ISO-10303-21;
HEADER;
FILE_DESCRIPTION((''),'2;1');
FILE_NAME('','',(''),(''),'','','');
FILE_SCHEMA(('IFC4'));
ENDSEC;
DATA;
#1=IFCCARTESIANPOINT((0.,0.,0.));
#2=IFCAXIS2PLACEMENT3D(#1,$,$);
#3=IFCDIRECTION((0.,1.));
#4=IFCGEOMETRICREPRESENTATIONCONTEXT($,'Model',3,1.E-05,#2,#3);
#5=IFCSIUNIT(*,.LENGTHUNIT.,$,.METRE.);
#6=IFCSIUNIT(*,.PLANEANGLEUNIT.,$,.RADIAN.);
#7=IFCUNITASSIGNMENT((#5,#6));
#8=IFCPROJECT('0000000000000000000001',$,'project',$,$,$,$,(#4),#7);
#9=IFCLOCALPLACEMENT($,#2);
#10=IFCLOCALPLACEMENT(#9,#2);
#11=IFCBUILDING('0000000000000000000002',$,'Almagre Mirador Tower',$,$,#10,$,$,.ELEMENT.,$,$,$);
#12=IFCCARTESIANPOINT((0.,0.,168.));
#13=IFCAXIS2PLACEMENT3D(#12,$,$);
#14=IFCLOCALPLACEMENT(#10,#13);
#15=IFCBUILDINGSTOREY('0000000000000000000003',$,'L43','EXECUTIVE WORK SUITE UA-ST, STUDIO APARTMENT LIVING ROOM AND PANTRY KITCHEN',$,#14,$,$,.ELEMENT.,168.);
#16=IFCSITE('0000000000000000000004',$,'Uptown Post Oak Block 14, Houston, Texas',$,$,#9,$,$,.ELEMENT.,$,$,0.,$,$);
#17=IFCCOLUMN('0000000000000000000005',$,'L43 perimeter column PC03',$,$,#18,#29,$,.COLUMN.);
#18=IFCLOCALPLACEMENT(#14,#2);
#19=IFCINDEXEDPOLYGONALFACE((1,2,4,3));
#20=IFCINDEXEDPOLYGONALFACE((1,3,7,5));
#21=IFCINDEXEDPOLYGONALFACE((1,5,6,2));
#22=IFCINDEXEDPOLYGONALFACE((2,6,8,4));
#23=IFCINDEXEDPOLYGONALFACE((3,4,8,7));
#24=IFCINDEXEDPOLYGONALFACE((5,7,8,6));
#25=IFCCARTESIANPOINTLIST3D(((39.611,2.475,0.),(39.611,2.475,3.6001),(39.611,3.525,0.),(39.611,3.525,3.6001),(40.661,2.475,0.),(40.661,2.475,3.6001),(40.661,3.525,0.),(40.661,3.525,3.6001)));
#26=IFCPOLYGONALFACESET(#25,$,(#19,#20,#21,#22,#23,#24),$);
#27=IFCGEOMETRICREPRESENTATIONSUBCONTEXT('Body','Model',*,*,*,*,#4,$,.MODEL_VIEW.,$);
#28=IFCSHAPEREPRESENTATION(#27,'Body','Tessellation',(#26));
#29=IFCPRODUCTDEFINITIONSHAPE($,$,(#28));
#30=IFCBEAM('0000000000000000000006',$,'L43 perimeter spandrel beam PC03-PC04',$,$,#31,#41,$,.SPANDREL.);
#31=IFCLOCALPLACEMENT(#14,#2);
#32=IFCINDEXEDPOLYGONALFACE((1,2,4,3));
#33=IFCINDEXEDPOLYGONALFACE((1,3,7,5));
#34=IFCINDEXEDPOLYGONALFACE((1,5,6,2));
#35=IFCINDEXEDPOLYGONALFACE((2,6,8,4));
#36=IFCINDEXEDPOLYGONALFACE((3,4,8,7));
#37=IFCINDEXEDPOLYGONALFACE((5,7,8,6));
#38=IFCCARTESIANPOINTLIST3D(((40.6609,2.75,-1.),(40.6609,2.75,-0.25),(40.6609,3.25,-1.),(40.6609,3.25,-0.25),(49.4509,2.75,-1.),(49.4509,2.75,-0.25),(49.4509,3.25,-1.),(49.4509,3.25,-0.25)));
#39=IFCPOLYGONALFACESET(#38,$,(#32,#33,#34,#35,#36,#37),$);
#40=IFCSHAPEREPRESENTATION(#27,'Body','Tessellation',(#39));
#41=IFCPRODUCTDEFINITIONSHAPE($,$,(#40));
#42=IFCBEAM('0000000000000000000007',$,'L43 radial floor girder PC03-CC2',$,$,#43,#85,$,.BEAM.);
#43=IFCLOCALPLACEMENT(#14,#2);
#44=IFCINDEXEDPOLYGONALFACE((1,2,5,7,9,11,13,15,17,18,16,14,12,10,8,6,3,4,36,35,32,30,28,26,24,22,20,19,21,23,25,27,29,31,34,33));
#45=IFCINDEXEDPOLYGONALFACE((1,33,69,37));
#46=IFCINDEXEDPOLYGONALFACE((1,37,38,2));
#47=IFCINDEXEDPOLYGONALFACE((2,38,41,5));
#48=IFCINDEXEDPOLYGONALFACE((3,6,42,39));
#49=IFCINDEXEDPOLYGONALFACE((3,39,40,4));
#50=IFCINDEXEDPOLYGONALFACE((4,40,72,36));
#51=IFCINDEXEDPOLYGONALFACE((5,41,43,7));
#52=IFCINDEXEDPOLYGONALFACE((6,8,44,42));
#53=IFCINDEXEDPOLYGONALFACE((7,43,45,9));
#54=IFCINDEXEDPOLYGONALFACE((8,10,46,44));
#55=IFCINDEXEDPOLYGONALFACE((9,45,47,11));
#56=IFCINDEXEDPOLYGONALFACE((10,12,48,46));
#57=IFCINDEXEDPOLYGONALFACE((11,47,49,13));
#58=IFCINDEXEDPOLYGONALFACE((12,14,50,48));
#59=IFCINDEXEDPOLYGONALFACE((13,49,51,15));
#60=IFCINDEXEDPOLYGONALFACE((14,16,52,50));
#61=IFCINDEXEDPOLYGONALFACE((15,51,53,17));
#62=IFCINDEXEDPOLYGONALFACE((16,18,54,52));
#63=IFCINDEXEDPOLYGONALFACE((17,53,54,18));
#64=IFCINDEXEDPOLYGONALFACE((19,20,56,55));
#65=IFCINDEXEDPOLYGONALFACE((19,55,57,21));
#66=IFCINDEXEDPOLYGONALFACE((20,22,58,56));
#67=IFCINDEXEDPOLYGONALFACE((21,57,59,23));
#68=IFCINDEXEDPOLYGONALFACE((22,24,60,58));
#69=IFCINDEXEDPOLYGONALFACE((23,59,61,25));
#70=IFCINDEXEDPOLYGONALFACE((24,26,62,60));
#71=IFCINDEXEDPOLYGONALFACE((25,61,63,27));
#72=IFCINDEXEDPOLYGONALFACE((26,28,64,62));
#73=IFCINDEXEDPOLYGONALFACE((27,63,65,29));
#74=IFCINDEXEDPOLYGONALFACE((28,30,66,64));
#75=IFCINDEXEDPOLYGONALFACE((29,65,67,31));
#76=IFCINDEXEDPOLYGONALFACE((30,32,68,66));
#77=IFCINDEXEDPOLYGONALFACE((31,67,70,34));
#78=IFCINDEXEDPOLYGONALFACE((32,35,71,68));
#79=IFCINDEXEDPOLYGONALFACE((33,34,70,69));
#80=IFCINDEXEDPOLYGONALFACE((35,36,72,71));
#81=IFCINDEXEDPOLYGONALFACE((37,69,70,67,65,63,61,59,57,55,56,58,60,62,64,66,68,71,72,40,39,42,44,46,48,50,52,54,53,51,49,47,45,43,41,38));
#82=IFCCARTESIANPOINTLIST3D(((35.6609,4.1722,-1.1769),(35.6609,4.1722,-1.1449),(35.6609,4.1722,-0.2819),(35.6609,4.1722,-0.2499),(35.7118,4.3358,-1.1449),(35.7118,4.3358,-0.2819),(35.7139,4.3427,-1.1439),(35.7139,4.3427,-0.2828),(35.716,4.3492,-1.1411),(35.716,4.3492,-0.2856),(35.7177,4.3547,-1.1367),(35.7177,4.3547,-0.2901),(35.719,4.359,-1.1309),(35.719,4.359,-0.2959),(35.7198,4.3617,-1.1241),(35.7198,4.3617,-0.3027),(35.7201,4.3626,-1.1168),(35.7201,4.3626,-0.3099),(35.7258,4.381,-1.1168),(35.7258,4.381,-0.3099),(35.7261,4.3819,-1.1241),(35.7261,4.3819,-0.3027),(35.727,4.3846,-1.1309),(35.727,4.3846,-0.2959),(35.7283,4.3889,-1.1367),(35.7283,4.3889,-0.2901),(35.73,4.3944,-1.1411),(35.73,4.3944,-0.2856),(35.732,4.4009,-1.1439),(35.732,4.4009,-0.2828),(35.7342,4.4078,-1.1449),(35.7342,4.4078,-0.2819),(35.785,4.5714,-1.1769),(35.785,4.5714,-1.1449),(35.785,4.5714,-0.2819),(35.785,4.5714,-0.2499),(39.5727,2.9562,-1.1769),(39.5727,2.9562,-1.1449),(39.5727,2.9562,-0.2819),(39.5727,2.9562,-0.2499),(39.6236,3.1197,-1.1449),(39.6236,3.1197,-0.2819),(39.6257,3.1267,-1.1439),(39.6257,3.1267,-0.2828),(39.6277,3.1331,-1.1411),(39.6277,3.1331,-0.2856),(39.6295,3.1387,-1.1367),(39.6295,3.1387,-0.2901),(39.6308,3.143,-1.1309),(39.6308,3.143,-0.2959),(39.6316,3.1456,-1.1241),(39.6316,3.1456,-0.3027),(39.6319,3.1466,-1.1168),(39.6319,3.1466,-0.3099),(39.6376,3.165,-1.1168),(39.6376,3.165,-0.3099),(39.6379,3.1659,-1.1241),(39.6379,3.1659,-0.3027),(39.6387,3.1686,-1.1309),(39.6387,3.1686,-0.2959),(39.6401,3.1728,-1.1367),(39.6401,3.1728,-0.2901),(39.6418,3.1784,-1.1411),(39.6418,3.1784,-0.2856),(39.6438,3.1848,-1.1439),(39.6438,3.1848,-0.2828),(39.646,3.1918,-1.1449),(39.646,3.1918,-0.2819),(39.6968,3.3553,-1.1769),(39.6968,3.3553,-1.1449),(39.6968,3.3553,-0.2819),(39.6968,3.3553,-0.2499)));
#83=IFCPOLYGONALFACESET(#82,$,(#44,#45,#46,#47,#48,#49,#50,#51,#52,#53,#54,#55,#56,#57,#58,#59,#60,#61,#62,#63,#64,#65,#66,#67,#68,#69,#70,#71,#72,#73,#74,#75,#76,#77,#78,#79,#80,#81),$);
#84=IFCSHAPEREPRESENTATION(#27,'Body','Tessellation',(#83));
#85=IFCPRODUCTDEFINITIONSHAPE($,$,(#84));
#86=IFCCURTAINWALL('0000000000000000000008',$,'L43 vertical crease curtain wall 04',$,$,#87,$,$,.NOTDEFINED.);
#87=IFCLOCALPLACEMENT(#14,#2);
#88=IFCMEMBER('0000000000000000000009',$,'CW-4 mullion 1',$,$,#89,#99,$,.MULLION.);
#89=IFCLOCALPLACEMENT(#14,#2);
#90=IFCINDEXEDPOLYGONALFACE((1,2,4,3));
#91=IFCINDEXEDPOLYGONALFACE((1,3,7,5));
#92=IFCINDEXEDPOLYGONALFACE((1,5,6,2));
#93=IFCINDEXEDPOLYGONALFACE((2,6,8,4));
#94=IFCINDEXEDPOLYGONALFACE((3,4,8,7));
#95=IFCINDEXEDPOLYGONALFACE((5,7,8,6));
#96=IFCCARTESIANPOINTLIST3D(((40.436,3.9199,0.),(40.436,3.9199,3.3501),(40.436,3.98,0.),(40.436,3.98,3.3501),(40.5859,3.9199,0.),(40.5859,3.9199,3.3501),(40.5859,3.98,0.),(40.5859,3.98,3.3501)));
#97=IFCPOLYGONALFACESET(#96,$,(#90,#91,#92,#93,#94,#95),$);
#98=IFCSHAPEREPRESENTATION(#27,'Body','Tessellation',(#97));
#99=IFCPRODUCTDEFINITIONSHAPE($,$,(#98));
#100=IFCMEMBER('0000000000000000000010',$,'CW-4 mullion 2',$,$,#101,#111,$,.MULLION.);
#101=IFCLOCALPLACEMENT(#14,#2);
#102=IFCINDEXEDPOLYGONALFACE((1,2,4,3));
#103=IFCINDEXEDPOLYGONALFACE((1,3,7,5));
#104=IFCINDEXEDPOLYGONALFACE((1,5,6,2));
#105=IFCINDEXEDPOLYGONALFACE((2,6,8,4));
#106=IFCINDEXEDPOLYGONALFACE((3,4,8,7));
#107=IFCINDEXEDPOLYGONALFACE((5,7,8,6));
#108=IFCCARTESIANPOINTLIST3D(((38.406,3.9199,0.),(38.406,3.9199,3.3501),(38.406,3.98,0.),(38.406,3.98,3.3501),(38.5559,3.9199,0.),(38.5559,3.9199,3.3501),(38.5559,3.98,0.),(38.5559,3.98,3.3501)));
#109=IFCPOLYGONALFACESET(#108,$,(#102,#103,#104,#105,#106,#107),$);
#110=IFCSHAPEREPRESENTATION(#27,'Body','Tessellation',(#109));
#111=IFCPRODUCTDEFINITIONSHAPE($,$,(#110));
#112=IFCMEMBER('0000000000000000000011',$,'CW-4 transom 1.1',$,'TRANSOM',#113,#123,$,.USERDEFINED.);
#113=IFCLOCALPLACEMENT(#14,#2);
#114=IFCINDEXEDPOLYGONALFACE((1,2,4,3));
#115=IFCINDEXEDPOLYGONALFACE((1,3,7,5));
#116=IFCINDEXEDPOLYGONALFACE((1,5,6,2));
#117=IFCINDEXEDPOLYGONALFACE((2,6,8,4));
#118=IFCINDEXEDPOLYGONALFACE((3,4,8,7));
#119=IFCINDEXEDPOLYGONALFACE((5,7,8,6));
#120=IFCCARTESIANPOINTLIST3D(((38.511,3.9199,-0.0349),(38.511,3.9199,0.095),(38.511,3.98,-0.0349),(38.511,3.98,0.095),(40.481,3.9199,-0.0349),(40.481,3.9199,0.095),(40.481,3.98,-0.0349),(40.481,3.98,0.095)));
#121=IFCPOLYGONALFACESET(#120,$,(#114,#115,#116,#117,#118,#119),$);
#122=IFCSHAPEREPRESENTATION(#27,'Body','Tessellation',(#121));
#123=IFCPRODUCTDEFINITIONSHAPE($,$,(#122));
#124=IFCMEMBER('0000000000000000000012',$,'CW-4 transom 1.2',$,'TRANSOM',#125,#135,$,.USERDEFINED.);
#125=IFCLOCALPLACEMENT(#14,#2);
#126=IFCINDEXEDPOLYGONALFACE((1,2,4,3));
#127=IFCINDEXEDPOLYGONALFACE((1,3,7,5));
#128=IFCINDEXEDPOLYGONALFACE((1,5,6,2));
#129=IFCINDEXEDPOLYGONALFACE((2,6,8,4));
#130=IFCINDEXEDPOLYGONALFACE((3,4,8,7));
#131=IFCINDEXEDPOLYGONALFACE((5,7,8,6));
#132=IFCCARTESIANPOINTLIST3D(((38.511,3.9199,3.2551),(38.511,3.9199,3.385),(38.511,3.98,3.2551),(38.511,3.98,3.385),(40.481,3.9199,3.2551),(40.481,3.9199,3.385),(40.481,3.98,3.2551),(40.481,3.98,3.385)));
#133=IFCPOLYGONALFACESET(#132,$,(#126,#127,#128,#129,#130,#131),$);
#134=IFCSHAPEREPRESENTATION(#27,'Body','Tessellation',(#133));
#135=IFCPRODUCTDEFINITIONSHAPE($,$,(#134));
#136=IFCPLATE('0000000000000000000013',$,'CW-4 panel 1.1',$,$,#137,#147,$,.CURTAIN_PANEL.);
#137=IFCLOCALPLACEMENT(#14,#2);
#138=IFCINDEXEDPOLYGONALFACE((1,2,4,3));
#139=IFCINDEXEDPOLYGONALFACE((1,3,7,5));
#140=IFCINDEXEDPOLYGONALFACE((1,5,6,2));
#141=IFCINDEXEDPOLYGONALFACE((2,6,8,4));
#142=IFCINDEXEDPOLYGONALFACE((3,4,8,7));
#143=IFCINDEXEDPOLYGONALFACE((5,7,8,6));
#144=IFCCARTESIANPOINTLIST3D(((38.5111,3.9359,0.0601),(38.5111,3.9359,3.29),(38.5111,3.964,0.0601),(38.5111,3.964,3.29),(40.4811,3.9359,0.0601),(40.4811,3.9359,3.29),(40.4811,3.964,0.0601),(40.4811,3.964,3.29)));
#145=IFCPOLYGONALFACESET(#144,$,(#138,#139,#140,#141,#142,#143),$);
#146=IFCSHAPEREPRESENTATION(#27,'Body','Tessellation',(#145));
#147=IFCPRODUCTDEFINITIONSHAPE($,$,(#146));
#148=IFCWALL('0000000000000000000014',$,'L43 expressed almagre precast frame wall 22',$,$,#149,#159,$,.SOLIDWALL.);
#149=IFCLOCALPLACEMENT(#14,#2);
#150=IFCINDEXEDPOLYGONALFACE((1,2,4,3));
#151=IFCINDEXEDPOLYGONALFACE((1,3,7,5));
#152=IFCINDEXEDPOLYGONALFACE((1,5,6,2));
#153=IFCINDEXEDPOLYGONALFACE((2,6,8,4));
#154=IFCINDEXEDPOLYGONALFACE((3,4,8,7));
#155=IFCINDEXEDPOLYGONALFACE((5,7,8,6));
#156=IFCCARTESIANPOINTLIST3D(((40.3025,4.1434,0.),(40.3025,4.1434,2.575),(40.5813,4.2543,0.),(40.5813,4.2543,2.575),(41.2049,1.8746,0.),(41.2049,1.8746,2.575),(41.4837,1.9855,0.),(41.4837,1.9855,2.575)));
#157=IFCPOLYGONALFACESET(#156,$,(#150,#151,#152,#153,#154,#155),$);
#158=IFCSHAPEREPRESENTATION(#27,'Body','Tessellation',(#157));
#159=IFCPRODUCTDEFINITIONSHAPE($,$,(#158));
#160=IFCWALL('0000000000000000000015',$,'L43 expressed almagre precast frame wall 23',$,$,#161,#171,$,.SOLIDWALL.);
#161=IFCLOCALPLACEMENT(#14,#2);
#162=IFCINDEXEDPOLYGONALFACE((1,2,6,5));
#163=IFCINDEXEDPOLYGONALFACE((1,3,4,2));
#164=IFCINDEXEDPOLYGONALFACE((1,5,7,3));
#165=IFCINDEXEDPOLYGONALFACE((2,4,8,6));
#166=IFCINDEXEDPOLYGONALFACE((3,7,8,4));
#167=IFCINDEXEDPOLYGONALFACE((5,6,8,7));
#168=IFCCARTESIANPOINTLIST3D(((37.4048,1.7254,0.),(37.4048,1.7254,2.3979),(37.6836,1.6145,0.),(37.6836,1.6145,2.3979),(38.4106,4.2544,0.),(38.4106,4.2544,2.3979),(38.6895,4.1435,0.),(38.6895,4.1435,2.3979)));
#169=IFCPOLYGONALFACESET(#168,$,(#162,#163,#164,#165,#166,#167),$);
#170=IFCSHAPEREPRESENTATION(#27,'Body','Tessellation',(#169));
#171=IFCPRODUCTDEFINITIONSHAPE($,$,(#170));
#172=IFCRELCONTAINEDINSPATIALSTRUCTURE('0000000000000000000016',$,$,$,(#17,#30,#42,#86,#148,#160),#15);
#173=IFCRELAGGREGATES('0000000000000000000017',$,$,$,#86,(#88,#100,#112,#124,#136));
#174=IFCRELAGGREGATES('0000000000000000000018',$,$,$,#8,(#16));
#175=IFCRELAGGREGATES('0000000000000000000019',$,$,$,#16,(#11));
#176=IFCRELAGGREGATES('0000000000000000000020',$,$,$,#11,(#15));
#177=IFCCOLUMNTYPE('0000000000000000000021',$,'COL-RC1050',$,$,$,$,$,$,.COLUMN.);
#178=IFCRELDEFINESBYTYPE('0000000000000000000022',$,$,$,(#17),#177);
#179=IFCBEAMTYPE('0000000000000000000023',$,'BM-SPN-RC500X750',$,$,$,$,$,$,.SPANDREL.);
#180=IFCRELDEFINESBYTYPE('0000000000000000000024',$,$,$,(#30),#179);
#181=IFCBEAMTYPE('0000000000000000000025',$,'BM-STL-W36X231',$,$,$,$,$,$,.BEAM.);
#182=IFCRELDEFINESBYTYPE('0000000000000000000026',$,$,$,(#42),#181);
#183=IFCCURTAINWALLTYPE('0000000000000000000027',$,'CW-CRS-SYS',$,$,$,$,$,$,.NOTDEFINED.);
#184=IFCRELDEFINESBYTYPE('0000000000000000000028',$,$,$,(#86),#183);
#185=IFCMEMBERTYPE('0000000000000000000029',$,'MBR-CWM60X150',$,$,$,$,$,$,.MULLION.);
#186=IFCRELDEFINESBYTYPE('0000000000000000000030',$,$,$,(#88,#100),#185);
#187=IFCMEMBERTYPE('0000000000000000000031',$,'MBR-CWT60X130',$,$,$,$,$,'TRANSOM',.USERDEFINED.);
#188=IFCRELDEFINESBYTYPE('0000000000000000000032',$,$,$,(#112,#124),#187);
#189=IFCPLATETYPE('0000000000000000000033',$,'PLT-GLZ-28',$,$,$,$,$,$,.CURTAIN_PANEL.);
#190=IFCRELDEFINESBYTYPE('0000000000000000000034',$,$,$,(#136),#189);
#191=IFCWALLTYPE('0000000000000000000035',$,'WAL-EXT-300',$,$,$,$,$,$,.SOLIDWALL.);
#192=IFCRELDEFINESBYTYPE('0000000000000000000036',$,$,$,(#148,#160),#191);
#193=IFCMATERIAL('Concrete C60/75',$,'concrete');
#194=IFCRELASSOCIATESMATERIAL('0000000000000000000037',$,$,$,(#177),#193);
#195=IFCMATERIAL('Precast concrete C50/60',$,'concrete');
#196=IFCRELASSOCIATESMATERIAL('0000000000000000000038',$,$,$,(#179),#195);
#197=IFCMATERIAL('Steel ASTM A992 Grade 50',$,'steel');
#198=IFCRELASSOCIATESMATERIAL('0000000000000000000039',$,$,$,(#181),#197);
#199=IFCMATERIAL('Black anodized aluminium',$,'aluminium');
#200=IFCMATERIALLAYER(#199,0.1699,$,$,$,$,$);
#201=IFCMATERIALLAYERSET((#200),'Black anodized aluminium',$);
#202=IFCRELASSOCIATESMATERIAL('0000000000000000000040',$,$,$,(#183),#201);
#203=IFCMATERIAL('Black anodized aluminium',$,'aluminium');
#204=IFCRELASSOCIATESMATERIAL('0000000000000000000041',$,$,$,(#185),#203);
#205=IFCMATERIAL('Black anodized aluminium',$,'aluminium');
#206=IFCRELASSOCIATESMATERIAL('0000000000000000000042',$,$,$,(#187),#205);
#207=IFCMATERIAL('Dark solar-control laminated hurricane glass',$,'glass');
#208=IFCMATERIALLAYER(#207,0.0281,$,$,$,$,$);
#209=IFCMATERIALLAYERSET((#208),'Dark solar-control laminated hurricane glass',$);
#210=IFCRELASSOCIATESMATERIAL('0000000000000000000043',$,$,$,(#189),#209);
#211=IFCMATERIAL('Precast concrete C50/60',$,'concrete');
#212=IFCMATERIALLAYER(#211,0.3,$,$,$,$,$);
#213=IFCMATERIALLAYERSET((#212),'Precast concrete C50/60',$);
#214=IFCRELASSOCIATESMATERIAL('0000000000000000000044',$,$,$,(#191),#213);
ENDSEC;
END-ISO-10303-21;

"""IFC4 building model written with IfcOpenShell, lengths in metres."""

from ifc_helpers import new_model, si_unit, direction, frame, frame_2d, origin, origin_2d, place, context, subcontext, project, spatial, rectangle, i_section, extrude, material, layer, layer_set, material_profile, profile_set, type_object, element, aggregate, save


model = new_model("IFC4")

# Units and contexts
model_context = context("Model", 3, precision=1e-05, world=origin(), true_north=direction((0.0, 1.0)))
body_context = subcontext(model_context, "Body", "Model", "MODEL_VIEW")
ifc_project = project(units=[si_unit("LENGTHUNIT", "METRE"), si_unit("PLANEANGLEUNIT", "RADIAN")], contexts=[model_context])

# Site, building, storey
site_placement = place(None, origin())
site = spatial("IfcSite", under=ifc_project, at=site_placement, Name="Uptown Post Oak Block 14, Houston, Texas", CompositionType="ELEMENT", RefElevation=0.0)
building_placement = place(site_placement, origin())
building = spatial("IfcBuilding", under=site, at=building_placement, Name="Almagre Mirador Tower", CompositionType="ELEMENT")
storey_placement = place(building_placement, frame((0.0, 0.0, 168.0)))
storey = spatial("IfcBuildingStorey", under=building, at=storey_placement, Name="L43", Description="EXECUTIVE WORK SUITE UA-ST, STUDIO APARTMENT LIVING ROOM AND PANTRY KITCHEN", CompositionType="ELEMENT", Elevation=168.0)

# Column
ifc_material_1 = material(Name="Concrete C60/75", Category="concrete")
ifc_material_profile_1 = material_profile(ifc_material_1, rectangle(XDim=1.05, YDim=1.05, at=origin_2d()), Name="RC1050X1050")
ifc_profile_set_1 = profile_set([ifc_material_profile_1], Name="Concrete C60/75")
column_type = type_object("IfcColumnType", Name="COL-RC1050", PredefinedType="COLUMN", material=ifc_profile_set_1)
column_placement = place(storey_placement, frame((40.136, 3.0, 0.0), z_axis=(0.0, 0.0, 1.0), x_axis=(1.0, 0.0, 0.0)))
element("IfcColumn", 1, at=column_placement, inside=storey, type_object=column_type, Name="L43 perimeter column PC03", PredefinedType="COLUMN", context=body_context, shape_type="SweptSolid", body=[
    extrude(rectangle(XDim=1.05, YDim=1.05, at=origin_2d()), origin(), (0.0, 0.0, 1.0), 3.6001),
])

# Beams
ifc_material_2 = material(Name="Precast concrete C50/60", Category="concrete")
ifc_material_profile_2 = material_profile(ifc_material_2, rectangle(XDim=0.5, YDim=0.75, at=origin_2d()), Name="RC500X750")
ifc_profile_set_2 = profile_set([ifc_material_profile_2], Name="Precast concrete C50/60")
beam_type_1 = type_object("IfcBeamType", Name="BM-SPN-RC500X750", PredefinedType="SPANDREL", material=ifc_profile_set_2)
beam_1_placement = place(storey_placement, frame((40.6609, 3.0, -0.625), z_axis=(1.0, 0.0, 0.0), x_axis=(0.0, 1.0, 0.0)))
element("IfcBeam", 2, at=beam_1_placement, inside=storey, type_object=beam_type_1, Name="L43 perimeter spandrel beam PC03-PC04", PredefinedType="SPANDREL", context=body_context, shape_type="SweptSolid", body=[
    extrude(rectangle(XDim=0.5, YDim=0.75, at=origin_2d()), origin(), (0.0, 0.0, 1.0), 8.79),
])
ifc_material_3 = material(Name="Steel ASTM A992 Grade 50", Category="steel")
ifc_material_profile_3 = material_profile(ifc_material_3, i_section(OverallWidth=0.418, OverallDepth=0.927, WebThickness=0.0193, FlangeThickness=0.032, FilletRadius=0.0281, at=origin_2d()), Name="W36X231")
ifc_profile_set_3 = profile_set([ifc_material_profile_3], Name="Steel ASTM A992 Grade 50")
beam_type_2 = type_object("IfcBeamType", Name="BM-STL-W36X231", PredefinedType="BEAM", material=ifc_profile_set_3)
beam_2_placement = place(storey_placement, frame((39.6348, 3.1558, -0.7134), z_axis=(-0.954923, 0.296853, 0.0), x_axis=(-0.296853, -0.954923, 0.0)))
element("IfcBeam", 3, at=beam_2_placement, inside=storey, type_object=beam_type_2, Name="L43 radial floor girder PC03-CC2", PredefinedType="BEAM", context=body_context, shape_type="SweptSolid", body=[
    extrude(i_section(OverallWidth=0.418, OverallDepth=0.927, WebThickness=0.0193, FlangeThickness=0.032, FilletRadius=0.0281, at=origin_2d()), origin(), (0.0, 0.0, 1.0), 4.0964),
])

# Curtain wall, members, plate
ifc_material_4 = material(Name="Black anodized aluminium", Category="aluminium")
ifc_layer_1 = layer(ifc_material_4, 0.1699)
ifc_layer_set_1 = layer_set([ifc_layer_1], Name="Black anodized aluminium")
curtain_wall_type = type_object("IfcCurtainWallType", Name="CW-CRS-SYS", PredefinedType="NOTDEFINED", material=ifc_layer_set_1)
curtain_wall_placement = place(storey_placement, origin())
curtain_wall = element("IfcCurtainWall", 4, at=curtain_wall_placement, inside=storey, type_object=curtain_wall_type, Name="L43 vertical crease curtain wall 04", PredefinedType="NOTDEFINED")
ifc_material_5 = material(Name="Black anodized aluminium", Category="aluminium")
ifc_material_profile_4 = material_profile(ifc_material_5, rectangle(XDim=0.0601, YDim=0.1499, at=origin_2d()), Name="CWM60X150")
ifc_profile_set_4 = profile_set([ifc_material_profile_4], Name="Black anodized aluminium")
member_type_1 = type_object("IfcMemberType", Name="MBR-CWM60X150", PredefinedType="MULLION", material=ifc_profile_set_4)
member_1_placement = place(storey_placement, frame((40.511, 3.95, 0.0), z_axis=(0.0, 0.0, 1.0), x_axis=(0.0, -1.0, 0.0)))
member_1 = element("IfcMember", 5, at=member_1_placement, type_object=member_type_1, Name="CW-4 mullion 1", PredefinedType="MULLION", context=body_context, shape_type="SweptSolid", body=[
    extrude(rectangle(XDim=0.0601, YDim=0.1499, at=origin_2d()), origin(), (0.0, 0.0, 1.0), 3.3501),
])
member_2_placement = place(storey_placement, frame((38.481, 3.95, 0.0), z_axis=(0.0, 0.0, 1.0), x_axis=(0.0, -1.0, 0.0)))
member_2 = element("IfcMember", 6, at=member_2_placement, type_object=member_type_1, Name="CW-4 mullion 2", PredefinedType="MULLION", context=body_context, shape_type="SweptSolid", body=[
    extrude(rectangle(XDim=0.0601, YDim=0.1499, at=origin_2d()), origin(), (0.0, 0.0, 1.0), 3.3501),
])
ifc_material_6 = material(Name="Black anodized aluminium", Category="aluminium")
ifc_material_profile_5 = material_profile(ifc_material_6, rectangle(XDim=0.0601, YDim=0.1299, at=origin_2d()), Name="CWT60X130")
ifc_profile_set_5 = profile_set([ifc_material_profile_5], Name="Black anodized aluminium")
member_type_2 = type_object("IfcMemberType", Name="MBR-CWT60X130", ElementType="TRANSOM", PredefinedType="USERDEFINED", material=ifc_profile_set_5)
member_3_placement = place(storey_placement, frame((40.481, 3.95, 0.03), z_axis=(-1.0, 0.0, 0.0), x_axis=(0.0, -1.0, 0.0)))
member_3 = element("IfcMember", 7, at=member_3_placement, type_object=member_type_2, Name="CW-4 transom 1.1", ObjectType="TRANSOM", PredefinedType="USERDEFINED", context=body_context, shape_type="SweptSolid", body=[
    extrude(rectangle(XDim=0.0601, YDim=0.1299, at=origin_2d()), origin(), (0.0, 0.0, 1.0), 1.97),
])
member_4_placement = place(storey_placement, frame((40.481, 3.95, 3.3201), z_axis=(-1.0, 0.0, 0.0), x_axis=(0.0, -1.0, 0.0)))
member_4 = element("IfcMember", 8, at=member_4_placement, type_object=member_type_2, Name="CW-4 transom 1.2", ObjectType="TRANSOM", PredefinedType="USERDEFINED", context=body_context, shape_type="SweptSolid", body=[
    extrude(rectangle(XDim=0.0601, YDim=0.1299, at=origin_2d()), origin(), (0.0, 0.0, 1.0), 1.97),
])
ifc_material_7 = material(Name="Dark solar-control laminated hurricane glass", Category="glass")
ifc_layer_2 = layer(ifc_material_7, 0.0281)
ifc_layer_set_2 = layer_set([ifc_layer_2], Name="Dark solar-control laminated hurricane glass")
plate_type = type_object("IfcPlateType", Name="PLT-GLZ-28", PredefinedType="CURTAIN_PANEL", material=ifc_layer_set_2)
plate_placement = place(storey_placement, frame((39.4961, 3.95, 0.0601), z_axis=(0.0, 0.0, 1.0), x_axis=(-1.0, 0.0, 0.0)))
plate = element("IfcPlate", 9, at=plate_placement, type_object=plate_type, Name="CW-4 panel 1.1", PredefinedType="CURTAIN_PANEL", context=body_context, shape_type="SweptSolid", body=[
    extrude(rectangle(XDim=1.97, YDim=0.0281, at=origin_2d()), origin(), (0.0, 0.0, 1.0), 3.23),
])
aggregate(curtain_wall, [member_1, member_2, member_3, member_4, plate])

# Walls
ifc_material_8 = material(Name="Precast concrete C50/60", Category="concrete")
ifc_layer_3 = layer(ifc_material_8, 0.3)
ifc_layer_set_3 = layer_set([ifc_layer_3], Name="Precast concrete C50/60")
wall_type_1 = type_object("IfcWallType", Name="WAL-EXT-300", PredefinedType="SOLIDWALL", material=ifc_layer_set_3)
wall_1_placement = place(storey_placement, frame((41.3442, 1.9302, 0.0), z_axis=(0.0, 0.0, 1.0), x_axis=(-0.369563, 0.929206, 0.0)))
element("IfcWall", 10, at=wall_1_placement, inside=storey, type_object=wall_type_1, Name="L43 expressed almagre precast frame wall 22", PredefinedType="SOLIDWALL", context=body_context, shape_type="SweptSolid", body=[
    extrude(rectangle(XDim=2.4417, YDim=0.3, at=frame_2d((1.2207, 0.0))), origin(), (0.0, 0.0, 1.0), 2.575),
])
wall_2_placement = place(storey_placement, frame((38.55, 4.199, 0.0), z_axis=(0.0, 0.0, 1.0), x_axis=(-0.369565, -0.929205, 0.0)))
element("IfcWall", 11, at=wall_2_placement, inside=storey, type_object=wall_type_1, Name="L43 expressed almagre precast frame wall 23", PredefinedType="SOLIDWALL", context=body_context, shape_type="SweptSolid", body=[
    extrude(rectangle(XDim=2.7217, YDim=0.3, at=frame_2d((1.3608, 0.0))), origin(), (0.0, 0.0, 1.0), 2.3979),
])

save(model, "model.ifc")
